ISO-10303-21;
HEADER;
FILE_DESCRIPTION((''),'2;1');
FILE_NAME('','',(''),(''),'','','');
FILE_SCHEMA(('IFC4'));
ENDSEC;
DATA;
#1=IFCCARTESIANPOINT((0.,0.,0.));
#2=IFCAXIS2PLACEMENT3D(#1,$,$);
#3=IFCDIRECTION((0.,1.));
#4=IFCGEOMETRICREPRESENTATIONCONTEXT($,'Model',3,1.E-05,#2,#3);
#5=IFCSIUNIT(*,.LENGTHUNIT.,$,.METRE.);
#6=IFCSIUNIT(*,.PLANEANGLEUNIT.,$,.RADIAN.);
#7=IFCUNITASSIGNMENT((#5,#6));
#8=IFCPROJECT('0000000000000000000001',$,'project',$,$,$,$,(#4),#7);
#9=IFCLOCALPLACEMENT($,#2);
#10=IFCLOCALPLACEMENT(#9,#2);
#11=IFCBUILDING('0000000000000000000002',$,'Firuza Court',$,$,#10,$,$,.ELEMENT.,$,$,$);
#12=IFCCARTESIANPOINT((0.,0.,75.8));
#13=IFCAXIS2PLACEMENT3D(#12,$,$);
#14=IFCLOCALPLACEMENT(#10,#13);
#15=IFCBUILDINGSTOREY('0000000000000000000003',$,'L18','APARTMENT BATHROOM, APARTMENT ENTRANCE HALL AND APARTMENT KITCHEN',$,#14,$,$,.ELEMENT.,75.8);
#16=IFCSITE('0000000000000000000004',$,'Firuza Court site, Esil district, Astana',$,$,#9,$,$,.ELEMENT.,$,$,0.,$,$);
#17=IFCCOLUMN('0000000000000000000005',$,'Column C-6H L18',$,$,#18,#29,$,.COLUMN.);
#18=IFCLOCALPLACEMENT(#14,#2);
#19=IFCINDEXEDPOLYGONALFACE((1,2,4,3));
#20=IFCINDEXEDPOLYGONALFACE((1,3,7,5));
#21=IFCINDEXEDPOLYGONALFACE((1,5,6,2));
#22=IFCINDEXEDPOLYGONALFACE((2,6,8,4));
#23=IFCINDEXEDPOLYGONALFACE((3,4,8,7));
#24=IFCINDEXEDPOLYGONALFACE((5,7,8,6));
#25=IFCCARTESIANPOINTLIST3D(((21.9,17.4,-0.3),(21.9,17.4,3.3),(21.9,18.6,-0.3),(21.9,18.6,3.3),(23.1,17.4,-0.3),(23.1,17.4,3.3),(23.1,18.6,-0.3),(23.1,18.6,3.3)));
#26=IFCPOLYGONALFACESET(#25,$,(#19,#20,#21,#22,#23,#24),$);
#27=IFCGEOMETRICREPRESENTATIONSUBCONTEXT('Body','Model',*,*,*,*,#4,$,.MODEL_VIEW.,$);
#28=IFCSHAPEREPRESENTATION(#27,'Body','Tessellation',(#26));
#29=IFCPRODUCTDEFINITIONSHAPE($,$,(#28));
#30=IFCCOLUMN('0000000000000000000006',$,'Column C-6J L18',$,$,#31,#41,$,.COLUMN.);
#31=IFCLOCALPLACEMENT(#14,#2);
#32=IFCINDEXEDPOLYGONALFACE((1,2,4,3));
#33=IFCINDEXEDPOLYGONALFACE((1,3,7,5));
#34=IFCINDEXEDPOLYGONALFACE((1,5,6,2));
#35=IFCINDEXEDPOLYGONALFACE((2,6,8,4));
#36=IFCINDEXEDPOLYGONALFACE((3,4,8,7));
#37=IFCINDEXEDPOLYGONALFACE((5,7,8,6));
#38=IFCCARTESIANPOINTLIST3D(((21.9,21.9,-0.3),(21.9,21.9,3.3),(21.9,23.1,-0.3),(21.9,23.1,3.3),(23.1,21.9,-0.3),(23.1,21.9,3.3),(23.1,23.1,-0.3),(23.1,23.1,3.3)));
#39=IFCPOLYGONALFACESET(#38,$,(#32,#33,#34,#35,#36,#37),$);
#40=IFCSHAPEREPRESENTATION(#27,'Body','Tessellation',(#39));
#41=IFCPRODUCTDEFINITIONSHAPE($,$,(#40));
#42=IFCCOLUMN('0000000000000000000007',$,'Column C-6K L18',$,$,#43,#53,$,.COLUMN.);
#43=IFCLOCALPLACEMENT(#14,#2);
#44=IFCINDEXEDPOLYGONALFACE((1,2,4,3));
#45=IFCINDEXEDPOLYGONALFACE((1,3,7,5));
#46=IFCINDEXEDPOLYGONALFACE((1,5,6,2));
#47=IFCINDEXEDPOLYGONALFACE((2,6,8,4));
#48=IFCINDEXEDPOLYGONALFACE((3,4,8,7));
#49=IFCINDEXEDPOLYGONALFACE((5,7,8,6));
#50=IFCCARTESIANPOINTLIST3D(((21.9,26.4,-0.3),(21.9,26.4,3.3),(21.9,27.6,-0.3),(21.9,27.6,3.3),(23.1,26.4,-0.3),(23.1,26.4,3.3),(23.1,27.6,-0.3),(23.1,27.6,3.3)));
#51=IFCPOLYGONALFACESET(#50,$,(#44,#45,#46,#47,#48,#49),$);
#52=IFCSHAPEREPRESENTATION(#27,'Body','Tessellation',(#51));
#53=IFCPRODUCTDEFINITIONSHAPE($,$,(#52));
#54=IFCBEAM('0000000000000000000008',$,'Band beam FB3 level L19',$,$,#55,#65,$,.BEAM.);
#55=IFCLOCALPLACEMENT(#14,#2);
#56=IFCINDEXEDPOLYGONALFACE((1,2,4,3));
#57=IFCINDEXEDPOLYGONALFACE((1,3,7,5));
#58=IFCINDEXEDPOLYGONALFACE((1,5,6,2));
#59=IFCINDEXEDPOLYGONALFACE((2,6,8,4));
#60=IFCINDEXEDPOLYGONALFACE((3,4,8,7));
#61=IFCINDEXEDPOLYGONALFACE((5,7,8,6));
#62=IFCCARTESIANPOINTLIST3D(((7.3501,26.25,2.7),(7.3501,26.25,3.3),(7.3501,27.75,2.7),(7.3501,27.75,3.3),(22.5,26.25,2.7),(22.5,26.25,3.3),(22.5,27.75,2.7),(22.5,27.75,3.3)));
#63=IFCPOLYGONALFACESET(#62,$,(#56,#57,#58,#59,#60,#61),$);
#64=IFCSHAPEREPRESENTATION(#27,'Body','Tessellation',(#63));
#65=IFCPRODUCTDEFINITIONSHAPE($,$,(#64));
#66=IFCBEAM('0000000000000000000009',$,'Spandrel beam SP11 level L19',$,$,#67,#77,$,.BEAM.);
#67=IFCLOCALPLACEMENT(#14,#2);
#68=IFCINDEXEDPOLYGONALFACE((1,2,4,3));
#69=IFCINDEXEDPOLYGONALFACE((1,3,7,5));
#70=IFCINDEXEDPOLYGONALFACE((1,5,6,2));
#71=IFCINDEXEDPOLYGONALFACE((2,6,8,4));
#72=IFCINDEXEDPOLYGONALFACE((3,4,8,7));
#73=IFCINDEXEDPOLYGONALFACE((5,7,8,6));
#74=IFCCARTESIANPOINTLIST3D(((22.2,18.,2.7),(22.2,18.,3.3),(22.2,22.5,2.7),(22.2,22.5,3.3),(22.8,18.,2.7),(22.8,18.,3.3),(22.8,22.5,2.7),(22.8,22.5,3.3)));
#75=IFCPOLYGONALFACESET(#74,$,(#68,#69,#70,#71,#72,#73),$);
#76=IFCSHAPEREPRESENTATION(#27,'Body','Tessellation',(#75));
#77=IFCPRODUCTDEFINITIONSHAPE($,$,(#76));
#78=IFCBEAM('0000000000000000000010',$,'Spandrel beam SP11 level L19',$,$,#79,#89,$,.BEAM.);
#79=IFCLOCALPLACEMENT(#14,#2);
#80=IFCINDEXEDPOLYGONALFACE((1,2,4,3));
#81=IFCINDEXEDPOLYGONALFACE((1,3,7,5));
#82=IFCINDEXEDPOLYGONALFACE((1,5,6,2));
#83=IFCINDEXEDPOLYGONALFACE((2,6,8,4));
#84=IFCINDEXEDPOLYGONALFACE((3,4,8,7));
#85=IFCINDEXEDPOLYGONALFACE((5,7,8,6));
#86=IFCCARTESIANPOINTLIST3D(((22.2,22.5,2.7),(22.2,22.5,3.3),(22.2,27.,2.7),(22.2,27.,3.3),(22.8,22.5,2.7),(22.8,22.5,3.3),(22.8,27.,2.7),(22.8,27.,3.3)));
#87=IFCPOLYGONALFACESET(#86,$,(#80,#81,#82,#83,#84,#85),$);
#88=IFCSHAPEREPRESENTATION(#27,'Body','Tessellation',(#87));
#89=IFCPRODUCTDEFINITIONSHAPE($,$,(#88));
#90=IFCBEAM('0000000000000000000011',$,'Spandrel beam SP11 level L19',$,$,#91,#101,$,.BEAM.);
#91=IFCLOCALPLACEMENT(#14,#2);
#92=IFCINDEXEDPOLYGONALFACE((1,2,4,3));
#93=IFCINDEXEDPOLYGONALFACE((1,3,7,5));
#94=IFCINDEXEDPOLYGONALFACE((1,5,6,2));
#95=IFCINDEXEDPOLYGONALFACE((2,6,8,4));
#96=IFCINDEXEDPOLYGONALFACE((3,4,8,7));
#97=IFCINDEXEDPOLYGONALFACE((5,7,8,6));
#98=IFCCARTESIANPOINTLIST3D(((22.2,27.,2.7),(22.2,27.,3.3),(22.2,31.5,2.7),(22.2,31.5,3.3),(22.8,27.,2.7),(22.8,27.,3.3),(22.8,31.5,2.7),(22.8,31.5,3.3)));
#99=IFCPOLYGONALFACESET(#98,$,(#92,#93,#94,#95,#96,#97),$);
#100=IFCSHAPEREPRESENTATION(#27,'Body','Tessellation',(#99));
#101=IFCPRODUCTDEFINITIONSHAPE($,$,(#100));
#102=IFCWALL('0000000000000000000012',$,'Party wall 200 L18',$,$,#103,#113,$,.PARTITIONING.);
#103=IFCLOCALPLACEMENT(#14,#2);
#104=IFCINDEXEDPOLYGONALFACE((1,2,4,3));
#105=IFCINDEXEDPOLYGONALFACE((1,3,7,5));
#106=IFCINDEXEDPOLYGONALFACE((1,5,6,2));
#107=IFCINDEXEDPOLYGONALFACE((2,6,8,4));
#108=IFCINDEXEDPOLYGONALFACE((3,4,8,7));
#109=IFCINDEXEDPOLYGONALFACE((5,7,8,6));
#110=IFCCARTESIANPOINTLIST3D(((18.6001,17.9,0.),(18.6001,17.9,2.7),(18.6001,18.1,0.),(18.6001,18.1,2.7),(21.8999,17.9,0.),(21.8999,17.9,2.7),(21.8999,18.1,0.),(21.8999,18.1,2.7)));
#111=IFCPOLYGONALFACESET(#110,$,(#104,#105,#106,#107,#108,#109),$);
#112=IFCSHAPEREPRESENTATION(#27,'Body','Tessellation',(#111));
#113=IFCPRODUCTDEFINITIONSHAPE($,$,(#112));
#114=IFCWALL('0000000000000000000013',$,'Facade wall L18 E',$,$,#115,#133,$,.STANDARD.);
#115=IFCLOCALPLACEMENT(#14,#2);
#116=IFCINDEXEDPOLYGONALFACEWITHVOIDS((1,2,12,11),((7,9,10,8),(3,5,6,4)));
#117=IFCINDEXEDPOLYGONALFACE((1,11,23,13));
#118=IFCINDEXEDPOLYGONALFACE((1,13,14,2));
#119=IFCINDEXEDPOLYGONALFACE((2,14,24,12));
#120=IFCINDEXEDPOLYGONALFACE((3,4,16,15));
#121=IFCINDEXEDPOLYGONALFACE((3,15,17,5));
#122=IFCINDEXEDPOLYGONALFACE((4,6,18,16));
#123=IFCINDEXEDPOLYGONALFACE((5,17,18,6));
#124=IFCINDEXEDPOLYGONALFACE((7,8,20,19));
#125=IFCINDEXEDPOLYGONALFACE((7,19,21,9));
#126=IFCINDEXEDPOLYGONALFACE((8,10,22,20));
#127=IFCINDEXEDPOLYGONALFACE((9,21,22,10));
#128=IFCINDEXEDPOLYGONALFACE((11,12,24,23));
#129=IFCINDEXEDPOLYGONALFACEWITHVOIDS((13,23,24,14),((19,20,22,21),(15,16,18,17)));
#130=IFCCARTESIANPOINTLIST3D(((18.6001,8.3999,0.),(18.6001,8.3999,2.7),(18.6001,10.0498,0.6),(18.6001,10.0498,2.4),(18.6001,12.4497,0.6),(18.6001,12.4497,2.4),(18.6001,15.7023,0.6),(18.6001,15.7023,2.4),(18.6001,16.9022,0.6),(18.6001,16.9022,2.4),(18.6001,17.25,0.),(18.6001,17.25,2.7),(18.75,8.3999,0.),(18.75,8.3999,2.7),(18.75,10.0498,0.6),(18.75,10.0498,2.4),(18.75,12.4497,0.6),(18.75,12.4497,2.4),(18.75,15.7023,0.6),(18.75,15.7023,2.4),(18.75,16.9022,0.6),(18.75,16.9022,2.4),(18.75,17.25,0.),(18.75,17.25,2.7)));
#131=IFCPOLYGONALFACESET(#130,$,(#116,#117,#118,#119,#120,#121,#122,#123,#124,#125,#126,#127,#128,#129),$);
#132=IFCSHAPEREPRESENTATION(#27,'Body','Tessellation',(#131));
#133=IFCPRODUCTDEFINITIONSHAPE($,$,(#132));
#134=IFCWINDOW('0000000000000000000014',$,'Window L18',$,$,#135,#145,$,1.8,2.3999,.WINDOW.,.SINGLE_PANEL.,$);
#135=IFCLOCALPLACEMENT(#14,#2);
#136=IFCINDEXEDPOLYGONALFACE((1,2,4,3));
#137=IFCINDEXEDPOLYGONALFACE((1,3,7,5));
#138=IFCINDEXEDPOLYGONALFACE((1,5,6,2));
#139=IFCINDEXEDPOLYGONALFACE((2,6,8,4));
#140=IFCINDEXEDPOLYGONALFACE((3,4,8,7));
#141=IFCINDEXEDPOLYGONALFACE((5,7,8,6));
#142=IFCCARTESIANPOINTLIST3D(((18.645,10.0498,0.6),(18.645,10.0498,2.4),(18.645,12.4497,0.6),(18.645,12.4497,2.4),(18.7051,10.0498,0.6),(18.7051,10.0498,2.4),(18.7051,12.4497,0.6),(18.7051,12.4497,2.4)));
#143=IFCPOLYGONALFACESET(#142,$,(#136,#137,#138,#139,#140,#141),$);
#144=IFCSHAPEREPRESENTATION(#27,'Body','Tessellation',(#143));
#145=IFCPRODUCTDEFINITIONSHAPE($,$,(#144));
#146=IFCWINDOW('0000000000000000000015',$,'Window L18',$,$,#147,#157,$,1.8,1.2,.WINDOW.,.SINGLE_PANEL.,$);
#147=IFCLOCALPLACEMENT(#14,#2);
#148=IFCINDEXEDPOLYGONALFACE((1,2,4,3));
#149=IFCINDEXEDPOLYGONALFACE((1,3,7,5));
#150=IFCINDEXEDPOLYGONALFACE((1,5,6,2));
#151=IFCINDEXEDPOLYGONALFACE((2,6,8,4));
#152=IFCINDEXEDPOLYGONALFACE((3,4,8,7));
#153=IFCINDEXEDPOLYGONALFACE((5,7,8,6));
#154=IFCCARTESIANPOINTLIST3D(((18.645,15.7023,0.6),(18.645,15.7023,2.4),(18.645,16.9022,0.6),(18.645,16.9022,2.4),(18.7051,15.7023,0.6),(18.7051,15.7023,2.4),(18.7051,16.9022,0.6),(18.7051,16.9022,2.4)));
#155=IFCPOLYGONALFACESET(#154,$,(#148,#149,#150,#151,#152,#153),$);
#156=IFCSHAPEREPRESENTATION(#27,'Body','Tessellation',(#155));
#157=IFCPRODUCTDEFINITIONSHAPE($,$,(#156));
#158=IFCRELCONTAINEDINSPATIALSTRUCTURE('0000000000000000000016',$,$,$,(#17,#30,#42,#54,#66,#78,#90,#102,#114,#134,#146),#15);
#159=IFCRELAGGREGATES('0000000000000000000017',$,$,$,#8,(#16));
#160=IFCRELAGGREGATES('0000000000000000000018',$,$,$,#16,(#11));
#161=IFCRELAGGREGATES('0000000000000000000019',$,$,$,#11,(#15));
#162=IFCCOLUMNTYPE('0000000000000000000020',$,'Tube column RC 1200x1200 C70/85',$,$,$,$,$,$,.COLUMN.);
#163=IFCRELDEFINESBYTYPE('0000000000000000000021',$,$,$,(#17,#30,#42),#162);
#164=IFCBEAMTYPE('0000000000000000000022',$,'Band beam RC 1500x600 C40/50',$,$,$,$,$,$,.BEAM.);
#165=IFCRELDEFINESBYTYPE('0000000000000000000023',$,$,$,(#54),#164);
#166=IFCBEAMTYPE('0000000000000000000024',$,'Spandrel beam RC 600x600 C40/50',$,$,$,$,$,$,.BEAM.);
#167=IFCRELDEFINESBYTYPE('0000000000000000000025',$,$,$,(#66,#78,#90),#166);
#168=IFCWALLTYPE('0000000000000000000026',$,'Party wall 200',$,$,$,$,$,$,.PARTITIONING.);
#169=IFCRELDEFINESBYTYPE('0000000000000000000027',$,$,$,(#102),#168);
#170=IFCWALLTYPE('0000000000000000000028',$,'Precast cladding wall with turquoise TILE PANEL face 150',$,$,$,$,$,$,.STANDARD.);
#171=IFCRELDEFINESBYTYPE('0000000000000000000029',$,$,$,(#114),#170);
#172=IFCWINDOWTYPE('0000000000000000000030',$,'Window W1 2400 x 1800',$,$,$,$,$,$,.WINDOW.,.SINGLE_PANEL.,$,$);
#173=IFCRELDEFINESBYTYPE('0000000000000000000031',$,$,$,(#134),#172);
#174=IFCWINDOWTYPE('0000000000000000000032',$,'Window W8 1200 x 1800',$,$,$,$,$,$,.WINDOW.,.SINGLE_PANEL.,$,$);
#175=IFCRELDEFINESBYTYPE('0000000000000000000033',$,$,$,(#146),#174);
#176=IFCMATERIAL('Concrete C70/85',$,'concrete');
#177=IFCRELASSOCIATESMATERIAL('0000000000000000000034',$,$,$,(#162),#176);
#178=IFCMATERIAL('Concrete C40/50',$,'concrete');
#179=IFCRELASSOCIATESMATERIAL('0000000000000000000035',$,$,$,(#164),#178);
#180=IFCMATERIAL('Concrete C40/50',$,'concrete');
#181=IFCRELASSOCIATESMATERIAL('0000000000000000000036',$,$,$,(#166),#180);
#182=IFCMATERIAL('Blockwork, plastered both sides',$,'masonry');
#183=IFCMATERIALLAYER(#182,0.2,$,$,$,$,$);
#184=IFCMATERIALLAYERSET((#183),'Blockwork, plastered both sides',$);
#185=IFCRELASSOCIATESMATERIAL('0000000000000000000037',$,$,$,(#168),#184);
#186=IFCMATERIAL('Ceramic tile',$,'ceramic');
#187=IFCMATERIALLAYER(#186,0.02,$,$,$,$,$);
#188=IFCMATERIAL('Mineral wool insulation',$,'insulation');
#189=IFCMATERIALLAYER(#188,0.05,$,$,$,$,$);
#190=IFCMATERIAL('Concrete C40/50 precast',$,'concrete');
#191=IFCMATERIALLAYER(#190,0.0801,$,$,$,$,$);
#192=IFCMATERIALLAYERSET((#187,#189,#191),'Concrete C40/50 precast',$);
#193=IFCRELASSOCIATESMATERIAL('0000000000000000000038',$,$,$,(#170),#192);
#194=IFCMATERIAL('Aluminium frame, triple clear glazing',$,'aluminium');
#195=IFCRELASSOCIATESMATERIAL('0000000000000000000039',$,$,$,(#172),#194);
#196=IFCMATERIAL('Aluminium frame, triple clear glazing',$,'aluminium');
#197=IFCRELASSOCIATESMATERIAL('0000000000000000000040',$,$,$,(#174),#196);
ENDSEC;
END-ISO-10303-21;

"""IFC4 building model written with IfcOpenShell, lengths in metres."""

from ifc_helpers import new_model, si_unit, direction, frame, frame_2d, origin, origin_2d, place, context, subcontext, project, spatial, rectangle, extrude, material, layer, layer_set, material_profile, profile_set, type_object, element, fill, save


model = new_model("IFC4")

# Units and contexts
model_context = context("Model", 3, precision=1e-05, world=origin(), true_north=direction((0.0, 1.0)))
body_context = subcontext(model_context, "Body", "Model", "MODEL_VIEW")
ifc_project = project(units=[si_unit("LENGTHUNIT", "METRE"), si_unit("PLANEANGLEUNIT", "RADIAN")], contexts=[model_context])

# Site, building, storey
site_placement = place(None, origin())
site = spatial("IfcSite", under=ifc_project, at=site_placement, Name="Firuza Court site, Esil district, Astana", CompositionType="ELEMENT", RefElevation=0.0)
building_placement = place(site_placement, origin())
building = spatial("IfcBuilding", under=site, at=building_placement, Name="Firuza Court", CompositionType="ELEMENT")
storey_placement = place(building_placement, frame((0.0, 0.0, 75.8)))
storey = spatial("IfcBuildingStorey", under=building, at=storey_placement, Name="L18", Description="APARTMENT BATHROOM, APARTMENT ENTRANCE HALL AND APARTMENT KITCHEN", CompositionType="ELEMENT", Elevation=75.8)

# Columns
ifc_material_1 = material(Name="Concrete C70/85", Category="concrete")
ifc_material_profile_1 = material_profile(ifc_material_1, rectangle(XDim=1.2, YDim=1.2, at=origin_2d()), Name="RC 1200x1200")
ifc_profile_set_1 = profile_set([ifc_material_profile_1], Name="Concrete C70/85")
column_type = type_object("IfcColumnType", Name="Tube column RC 1200x1200 C70/85", PredefinedType="COLUMN", material=ifc_profile_set_1)
for number, where, z_axis, x_axis, name in (
    (1, (22.5, 18.0, -0.3), (0.0, 0.0, 1.0), (1.0, 0.0, 0.0), "Column C-6H L18"),
    (2, (22.5, 22.5, -0.3), (0.0, 0.0, 1.0), (1.0, 0.0, 0.0), "Column C-6J L18"),
    (3, (22.5, 27.0, -0.3), (0.0, 0.0, 1.0), (1.0, 0.0, 0.0), "Column C-6K L18"),
):
    element("IfcColumn", number, at=place(storey_placement, frame(where, z_axis=z_axis, x_axis=x_axis)), inside=storey, type_object=column_type, Name=name, PredefinedType="COLUMN", context=body_context, shape_type="SweptSolid", body=[
        extrude(rectangle(XDim=1.2, YDim=1.2, at=origin_2d()), origin(), (0.0, 0.0, 1.0), 3.6001),
    ])

# Beams
ifc_material_2 = material(Name="Concrete C40/50", Category="concrete")
ifc_material_profile_2 = material_profile(ifc_material_2, rectangle(XDim=1.5, YDim=0.6001, at=origin_2d()), Name="RC 1500x600")
ifc_profile_set_2 = profile_set([ifc_material_profile_2], Name="Concrete C40/50")
beam_type_1 = type_object("IfcBeamType", Name="Band beam RC 1500x600 C40/50", PredefinedType="BEAM", material=ifc_profile_set_2)
beam_placement = place(storey_placement, frame((22.5, 27.0, 3.0), z_axis=(-1.0, 0.0, 0.0), x_axis=(0.0, -1.0, 0.0)))
element("IfcBeam", 4, at=beam_placement, inside=storey, type_object=beam_type_1, Name="Band beam FB3 level L19", PredefinedType="BEAM", context=body_context, shape_type="SweptSolid", body=[
    extrude(rectangle(XDim=1.5, YDim=0.6001, at=origin_2d()), origin(), (0.0, 0.0, 1.0), 15.1499),
])
ifc_material_3 = material(Name="Concrete C40/50", Category="concrete")
ifc_material_profile_3 = material_profile(ifc_material_3, rectangle(XDim=0.6001, YDim=0.6001, at=origin_2d()), Name="RC 600x600")
ifc_profile_set_3 = profile_set([ifc_material_profile_3], Name="Concrete C40/50")
beam_type_2 = type_object("IfcBeamType", Name="Spandrel beam RC 600x600 C40/50", PredefinedType="BEAM", material=ifc_profile_set_3)
for number, where, z_axis, x_axis, name in (
    (5, (22.5, 18.0, 3.0), (0.0, 1.0, 0.0), (-1.0, 0.0, 0.0), "Spandrel beam SP11 level L19"),
    (6, (22.5, 22.5, 3.0), (0.0, 1.0, 0.0), (-1.0, 0.0, 0.0), "Spandrel beam SP11 level L19"),
    (7, (22.5, 27.0, 3.0), (0.0, 1.0, 0.0), (-1.0, 0.0, 0.0), "Spandrel beam SP11 level L19"),
):
    element("IfcBeam", number, at=place(storey_placement, frame(where, z_axis=z_axis, x_axis=x_axis)), inside=storey, type_object=beam_type_2, Name=name, PredefinedType="BEAM", context=body_context, shape_type="SweptSolid", body=[
        extrude(rectangle(XDim=0.6001, YDim=0.6001, at=origin_2d()), origin(), (0.0, 0.0, 1.0), 4.5),
    ])

# Wall
ifc_material_4 = material(Name="Blockwork, plastered both sides", Category="masonry")
ifc_layer_1 = layer(ifc_material_4, 0.2)
ifc_layer_set_1 = layer_set([ifc_layer_1], Name="Blockwork, plastered both sides")
wall_type_1 = type_object("IfcWallType", Name="Party wall 200", PredefinedType="PARTITIONING", material=ifc_layer_set_1)
wall_1_placement = place(storey_placement, frame((18.6001, 18.0, 0.0), z_axis=(0.0, 0.0, 1.0), x_axis=(1.0, 0.0, 0.0)))
element("IfcWall", 8, at=wall_1_placement, inside=storey, type_object=wall_type_1, Name="Party wall 200 L18", PredefinedType="PARTITIONING", context=body_context, shape_type="SweptSolid", body=[
    extrude(rectangle(XDim=3.2998, YDim=0.2, at=frame_2d((1.6499, 0.0))), origin(), (0.0, 0.0, 1.0), 2.7),
])

# Wall, openings, windows
ifc_material_5 = material(Name="Ceramic tile", Category="ceramic")
ifc_layer_2 = layer(ifc_material_5, 0.02)
ifc_material_6 = material(Name="Mineral wool insulation", Category="insulation")
ifc_layer_3 = layer(ifc_material_6, 0.05)
ifc_material_7 = material(Name="Concrete C40/50 precast", Category="concrete")
ifc_layer_4 = layer(ifc_material_7, 0.0801)
ifc_layer_set_2 = layer_set([ifc_layer_2, ifc_layer_3, ifc_layer_4], Name="Concrete C40/50 precast")
wall_type_2 = type_object("IfcWallType", Name="Precast cladding wall with turquoise TILE PANEL face 150", PredefinedType="STANDARD", material=ifc_layer_set_2)
wall_2_placement = place(storey_placement, frame((18.675, 8.3999, 0.0), z_axis=(0.0, 0.0, 1.0), x_axis=(0.0, 1.0, 0.0)))
wall_2 = element("IfcWall", 9, at=wall_2_placement, inside=storey, type_object=wall_type_2, Name="Facade wall L18 E", PredefinedType="STANDARD", context=body_context, shape_type="SweptSolid", body=[
    extrude(rectangle(XDim=8.8501, YDim=0.1499, at=frame_2d((4.425, 0.0))), origin(), (0.0, 0.0, 1.0), 2.7),
])
opening_1_placement = place(wall_2_placement, frame((1.6499, 0.0, 0.6001)))
opening_1 = element("IfcOpeningElement", 10, at=opening_1_placement, cuts=wall_2, PredefinedType="OPENING", context=body_context, shape_type="SweptSolid", body=[
    extrude(rectangle(XDim=2.3999, YDim=1.8, at=frame_2d((1.2, 0.8999))), frame((0.0, 0.0869, 0.0), z_axis=(0.0, -1.0, 0.0), x_axis=(1.0, 0.0, 0.0)), (0.0, 0.0, 1.0), 0.1738),
])
opening_2_placement = place(wall_2_placement, frame((7.3022, 0.0, 0.6001)))
opening_2 = element("IfcOpeningElement", 11, at=opening_2_placement, cuts=wall_2, PredefinedType="OPENING", context=body_context, shape_type="SweptSolid", body=[
    extrude(rectangle(XDim=1.2, YDim=1.8, at=frame_2d((0.6001, 0.8999))), frame((0.0, 0.0869, 0.0), z_axis=(0.0, -1.0, 0.0), x_axis=(1.0, 0.0, 0.0)), (0.0, 0.0, 1.0), 0.1738),
])
ifc_material_8 = material(Name="Aluminium frame, triple clear glazing", Category="aluminium")
window_type_1 = type_object("IfcWindowType", Name="Window W1 2400 x 1800", PartitioningType="SINGLE_PANEL", PredefinedType="WINDOW", material=ifc_material_8)
window_1_placement = place(opening_1_placement, origin())
window_1 = element("IfcWindow", 12, at=window_1_placement, inside=storey, type_object=window_type_1, Name="Window L18", OverallHeight=1.8, OverallWidth=2.3999, PartitioningType="SINGLE_PANEL", PredefinedType="WINDOW", context=body_context, shape_type="SweptSolid", body=[
    extrude(rectangle(XDim=2.3999, YDim=1.8, at=frame_2d((1.2, 0.8999))), frame((0.0, 0.03, 0.0), z_axis=(0.0, -1.0, 0.0), x_axis=(1.0, 0.0, 0.0)), (0.0, 0.0, 1.0), 0.0601),
])
fill(opening_1, window_1)
ifc_material_9 = material(Name="Aluminium frame, triple clear glazing", Category="aluminium")
window_type_2 = type_object("IfcWindowType", Name="Window W8 1200 x 1800", PartitioningType="SINGLE_PANEL", PredefinedType="WINDOW", material=ifc_material_9)
window_2_placement = place(opening_2_placement, origin())
window_2 = element("IfcWindow", 13, at=window_2_placement, inside=storey, type_object=window_type_2, Name="Window L18", OverallHeight=1.8, OverallWidth=1.2, PartitioningType="SINGLE_PANEL", PredefinedType="WINDOW", context=body_context, shape_type="SweptSolid", body=[
    extrude(rectangle(XDim=1.2, YDim=1.8, at=frame_2d((0.6001, 0.8999))), frame((0.0, 0.03, 0.0), z_axis=(0.0, -1.0, 0.0), x_axis=(1.0, 0.0, 0.0)), (0.0, 0.0, 1.0), 0.0601),
])
fill(opening_2, window_2)

save(model, "model.ifc")
